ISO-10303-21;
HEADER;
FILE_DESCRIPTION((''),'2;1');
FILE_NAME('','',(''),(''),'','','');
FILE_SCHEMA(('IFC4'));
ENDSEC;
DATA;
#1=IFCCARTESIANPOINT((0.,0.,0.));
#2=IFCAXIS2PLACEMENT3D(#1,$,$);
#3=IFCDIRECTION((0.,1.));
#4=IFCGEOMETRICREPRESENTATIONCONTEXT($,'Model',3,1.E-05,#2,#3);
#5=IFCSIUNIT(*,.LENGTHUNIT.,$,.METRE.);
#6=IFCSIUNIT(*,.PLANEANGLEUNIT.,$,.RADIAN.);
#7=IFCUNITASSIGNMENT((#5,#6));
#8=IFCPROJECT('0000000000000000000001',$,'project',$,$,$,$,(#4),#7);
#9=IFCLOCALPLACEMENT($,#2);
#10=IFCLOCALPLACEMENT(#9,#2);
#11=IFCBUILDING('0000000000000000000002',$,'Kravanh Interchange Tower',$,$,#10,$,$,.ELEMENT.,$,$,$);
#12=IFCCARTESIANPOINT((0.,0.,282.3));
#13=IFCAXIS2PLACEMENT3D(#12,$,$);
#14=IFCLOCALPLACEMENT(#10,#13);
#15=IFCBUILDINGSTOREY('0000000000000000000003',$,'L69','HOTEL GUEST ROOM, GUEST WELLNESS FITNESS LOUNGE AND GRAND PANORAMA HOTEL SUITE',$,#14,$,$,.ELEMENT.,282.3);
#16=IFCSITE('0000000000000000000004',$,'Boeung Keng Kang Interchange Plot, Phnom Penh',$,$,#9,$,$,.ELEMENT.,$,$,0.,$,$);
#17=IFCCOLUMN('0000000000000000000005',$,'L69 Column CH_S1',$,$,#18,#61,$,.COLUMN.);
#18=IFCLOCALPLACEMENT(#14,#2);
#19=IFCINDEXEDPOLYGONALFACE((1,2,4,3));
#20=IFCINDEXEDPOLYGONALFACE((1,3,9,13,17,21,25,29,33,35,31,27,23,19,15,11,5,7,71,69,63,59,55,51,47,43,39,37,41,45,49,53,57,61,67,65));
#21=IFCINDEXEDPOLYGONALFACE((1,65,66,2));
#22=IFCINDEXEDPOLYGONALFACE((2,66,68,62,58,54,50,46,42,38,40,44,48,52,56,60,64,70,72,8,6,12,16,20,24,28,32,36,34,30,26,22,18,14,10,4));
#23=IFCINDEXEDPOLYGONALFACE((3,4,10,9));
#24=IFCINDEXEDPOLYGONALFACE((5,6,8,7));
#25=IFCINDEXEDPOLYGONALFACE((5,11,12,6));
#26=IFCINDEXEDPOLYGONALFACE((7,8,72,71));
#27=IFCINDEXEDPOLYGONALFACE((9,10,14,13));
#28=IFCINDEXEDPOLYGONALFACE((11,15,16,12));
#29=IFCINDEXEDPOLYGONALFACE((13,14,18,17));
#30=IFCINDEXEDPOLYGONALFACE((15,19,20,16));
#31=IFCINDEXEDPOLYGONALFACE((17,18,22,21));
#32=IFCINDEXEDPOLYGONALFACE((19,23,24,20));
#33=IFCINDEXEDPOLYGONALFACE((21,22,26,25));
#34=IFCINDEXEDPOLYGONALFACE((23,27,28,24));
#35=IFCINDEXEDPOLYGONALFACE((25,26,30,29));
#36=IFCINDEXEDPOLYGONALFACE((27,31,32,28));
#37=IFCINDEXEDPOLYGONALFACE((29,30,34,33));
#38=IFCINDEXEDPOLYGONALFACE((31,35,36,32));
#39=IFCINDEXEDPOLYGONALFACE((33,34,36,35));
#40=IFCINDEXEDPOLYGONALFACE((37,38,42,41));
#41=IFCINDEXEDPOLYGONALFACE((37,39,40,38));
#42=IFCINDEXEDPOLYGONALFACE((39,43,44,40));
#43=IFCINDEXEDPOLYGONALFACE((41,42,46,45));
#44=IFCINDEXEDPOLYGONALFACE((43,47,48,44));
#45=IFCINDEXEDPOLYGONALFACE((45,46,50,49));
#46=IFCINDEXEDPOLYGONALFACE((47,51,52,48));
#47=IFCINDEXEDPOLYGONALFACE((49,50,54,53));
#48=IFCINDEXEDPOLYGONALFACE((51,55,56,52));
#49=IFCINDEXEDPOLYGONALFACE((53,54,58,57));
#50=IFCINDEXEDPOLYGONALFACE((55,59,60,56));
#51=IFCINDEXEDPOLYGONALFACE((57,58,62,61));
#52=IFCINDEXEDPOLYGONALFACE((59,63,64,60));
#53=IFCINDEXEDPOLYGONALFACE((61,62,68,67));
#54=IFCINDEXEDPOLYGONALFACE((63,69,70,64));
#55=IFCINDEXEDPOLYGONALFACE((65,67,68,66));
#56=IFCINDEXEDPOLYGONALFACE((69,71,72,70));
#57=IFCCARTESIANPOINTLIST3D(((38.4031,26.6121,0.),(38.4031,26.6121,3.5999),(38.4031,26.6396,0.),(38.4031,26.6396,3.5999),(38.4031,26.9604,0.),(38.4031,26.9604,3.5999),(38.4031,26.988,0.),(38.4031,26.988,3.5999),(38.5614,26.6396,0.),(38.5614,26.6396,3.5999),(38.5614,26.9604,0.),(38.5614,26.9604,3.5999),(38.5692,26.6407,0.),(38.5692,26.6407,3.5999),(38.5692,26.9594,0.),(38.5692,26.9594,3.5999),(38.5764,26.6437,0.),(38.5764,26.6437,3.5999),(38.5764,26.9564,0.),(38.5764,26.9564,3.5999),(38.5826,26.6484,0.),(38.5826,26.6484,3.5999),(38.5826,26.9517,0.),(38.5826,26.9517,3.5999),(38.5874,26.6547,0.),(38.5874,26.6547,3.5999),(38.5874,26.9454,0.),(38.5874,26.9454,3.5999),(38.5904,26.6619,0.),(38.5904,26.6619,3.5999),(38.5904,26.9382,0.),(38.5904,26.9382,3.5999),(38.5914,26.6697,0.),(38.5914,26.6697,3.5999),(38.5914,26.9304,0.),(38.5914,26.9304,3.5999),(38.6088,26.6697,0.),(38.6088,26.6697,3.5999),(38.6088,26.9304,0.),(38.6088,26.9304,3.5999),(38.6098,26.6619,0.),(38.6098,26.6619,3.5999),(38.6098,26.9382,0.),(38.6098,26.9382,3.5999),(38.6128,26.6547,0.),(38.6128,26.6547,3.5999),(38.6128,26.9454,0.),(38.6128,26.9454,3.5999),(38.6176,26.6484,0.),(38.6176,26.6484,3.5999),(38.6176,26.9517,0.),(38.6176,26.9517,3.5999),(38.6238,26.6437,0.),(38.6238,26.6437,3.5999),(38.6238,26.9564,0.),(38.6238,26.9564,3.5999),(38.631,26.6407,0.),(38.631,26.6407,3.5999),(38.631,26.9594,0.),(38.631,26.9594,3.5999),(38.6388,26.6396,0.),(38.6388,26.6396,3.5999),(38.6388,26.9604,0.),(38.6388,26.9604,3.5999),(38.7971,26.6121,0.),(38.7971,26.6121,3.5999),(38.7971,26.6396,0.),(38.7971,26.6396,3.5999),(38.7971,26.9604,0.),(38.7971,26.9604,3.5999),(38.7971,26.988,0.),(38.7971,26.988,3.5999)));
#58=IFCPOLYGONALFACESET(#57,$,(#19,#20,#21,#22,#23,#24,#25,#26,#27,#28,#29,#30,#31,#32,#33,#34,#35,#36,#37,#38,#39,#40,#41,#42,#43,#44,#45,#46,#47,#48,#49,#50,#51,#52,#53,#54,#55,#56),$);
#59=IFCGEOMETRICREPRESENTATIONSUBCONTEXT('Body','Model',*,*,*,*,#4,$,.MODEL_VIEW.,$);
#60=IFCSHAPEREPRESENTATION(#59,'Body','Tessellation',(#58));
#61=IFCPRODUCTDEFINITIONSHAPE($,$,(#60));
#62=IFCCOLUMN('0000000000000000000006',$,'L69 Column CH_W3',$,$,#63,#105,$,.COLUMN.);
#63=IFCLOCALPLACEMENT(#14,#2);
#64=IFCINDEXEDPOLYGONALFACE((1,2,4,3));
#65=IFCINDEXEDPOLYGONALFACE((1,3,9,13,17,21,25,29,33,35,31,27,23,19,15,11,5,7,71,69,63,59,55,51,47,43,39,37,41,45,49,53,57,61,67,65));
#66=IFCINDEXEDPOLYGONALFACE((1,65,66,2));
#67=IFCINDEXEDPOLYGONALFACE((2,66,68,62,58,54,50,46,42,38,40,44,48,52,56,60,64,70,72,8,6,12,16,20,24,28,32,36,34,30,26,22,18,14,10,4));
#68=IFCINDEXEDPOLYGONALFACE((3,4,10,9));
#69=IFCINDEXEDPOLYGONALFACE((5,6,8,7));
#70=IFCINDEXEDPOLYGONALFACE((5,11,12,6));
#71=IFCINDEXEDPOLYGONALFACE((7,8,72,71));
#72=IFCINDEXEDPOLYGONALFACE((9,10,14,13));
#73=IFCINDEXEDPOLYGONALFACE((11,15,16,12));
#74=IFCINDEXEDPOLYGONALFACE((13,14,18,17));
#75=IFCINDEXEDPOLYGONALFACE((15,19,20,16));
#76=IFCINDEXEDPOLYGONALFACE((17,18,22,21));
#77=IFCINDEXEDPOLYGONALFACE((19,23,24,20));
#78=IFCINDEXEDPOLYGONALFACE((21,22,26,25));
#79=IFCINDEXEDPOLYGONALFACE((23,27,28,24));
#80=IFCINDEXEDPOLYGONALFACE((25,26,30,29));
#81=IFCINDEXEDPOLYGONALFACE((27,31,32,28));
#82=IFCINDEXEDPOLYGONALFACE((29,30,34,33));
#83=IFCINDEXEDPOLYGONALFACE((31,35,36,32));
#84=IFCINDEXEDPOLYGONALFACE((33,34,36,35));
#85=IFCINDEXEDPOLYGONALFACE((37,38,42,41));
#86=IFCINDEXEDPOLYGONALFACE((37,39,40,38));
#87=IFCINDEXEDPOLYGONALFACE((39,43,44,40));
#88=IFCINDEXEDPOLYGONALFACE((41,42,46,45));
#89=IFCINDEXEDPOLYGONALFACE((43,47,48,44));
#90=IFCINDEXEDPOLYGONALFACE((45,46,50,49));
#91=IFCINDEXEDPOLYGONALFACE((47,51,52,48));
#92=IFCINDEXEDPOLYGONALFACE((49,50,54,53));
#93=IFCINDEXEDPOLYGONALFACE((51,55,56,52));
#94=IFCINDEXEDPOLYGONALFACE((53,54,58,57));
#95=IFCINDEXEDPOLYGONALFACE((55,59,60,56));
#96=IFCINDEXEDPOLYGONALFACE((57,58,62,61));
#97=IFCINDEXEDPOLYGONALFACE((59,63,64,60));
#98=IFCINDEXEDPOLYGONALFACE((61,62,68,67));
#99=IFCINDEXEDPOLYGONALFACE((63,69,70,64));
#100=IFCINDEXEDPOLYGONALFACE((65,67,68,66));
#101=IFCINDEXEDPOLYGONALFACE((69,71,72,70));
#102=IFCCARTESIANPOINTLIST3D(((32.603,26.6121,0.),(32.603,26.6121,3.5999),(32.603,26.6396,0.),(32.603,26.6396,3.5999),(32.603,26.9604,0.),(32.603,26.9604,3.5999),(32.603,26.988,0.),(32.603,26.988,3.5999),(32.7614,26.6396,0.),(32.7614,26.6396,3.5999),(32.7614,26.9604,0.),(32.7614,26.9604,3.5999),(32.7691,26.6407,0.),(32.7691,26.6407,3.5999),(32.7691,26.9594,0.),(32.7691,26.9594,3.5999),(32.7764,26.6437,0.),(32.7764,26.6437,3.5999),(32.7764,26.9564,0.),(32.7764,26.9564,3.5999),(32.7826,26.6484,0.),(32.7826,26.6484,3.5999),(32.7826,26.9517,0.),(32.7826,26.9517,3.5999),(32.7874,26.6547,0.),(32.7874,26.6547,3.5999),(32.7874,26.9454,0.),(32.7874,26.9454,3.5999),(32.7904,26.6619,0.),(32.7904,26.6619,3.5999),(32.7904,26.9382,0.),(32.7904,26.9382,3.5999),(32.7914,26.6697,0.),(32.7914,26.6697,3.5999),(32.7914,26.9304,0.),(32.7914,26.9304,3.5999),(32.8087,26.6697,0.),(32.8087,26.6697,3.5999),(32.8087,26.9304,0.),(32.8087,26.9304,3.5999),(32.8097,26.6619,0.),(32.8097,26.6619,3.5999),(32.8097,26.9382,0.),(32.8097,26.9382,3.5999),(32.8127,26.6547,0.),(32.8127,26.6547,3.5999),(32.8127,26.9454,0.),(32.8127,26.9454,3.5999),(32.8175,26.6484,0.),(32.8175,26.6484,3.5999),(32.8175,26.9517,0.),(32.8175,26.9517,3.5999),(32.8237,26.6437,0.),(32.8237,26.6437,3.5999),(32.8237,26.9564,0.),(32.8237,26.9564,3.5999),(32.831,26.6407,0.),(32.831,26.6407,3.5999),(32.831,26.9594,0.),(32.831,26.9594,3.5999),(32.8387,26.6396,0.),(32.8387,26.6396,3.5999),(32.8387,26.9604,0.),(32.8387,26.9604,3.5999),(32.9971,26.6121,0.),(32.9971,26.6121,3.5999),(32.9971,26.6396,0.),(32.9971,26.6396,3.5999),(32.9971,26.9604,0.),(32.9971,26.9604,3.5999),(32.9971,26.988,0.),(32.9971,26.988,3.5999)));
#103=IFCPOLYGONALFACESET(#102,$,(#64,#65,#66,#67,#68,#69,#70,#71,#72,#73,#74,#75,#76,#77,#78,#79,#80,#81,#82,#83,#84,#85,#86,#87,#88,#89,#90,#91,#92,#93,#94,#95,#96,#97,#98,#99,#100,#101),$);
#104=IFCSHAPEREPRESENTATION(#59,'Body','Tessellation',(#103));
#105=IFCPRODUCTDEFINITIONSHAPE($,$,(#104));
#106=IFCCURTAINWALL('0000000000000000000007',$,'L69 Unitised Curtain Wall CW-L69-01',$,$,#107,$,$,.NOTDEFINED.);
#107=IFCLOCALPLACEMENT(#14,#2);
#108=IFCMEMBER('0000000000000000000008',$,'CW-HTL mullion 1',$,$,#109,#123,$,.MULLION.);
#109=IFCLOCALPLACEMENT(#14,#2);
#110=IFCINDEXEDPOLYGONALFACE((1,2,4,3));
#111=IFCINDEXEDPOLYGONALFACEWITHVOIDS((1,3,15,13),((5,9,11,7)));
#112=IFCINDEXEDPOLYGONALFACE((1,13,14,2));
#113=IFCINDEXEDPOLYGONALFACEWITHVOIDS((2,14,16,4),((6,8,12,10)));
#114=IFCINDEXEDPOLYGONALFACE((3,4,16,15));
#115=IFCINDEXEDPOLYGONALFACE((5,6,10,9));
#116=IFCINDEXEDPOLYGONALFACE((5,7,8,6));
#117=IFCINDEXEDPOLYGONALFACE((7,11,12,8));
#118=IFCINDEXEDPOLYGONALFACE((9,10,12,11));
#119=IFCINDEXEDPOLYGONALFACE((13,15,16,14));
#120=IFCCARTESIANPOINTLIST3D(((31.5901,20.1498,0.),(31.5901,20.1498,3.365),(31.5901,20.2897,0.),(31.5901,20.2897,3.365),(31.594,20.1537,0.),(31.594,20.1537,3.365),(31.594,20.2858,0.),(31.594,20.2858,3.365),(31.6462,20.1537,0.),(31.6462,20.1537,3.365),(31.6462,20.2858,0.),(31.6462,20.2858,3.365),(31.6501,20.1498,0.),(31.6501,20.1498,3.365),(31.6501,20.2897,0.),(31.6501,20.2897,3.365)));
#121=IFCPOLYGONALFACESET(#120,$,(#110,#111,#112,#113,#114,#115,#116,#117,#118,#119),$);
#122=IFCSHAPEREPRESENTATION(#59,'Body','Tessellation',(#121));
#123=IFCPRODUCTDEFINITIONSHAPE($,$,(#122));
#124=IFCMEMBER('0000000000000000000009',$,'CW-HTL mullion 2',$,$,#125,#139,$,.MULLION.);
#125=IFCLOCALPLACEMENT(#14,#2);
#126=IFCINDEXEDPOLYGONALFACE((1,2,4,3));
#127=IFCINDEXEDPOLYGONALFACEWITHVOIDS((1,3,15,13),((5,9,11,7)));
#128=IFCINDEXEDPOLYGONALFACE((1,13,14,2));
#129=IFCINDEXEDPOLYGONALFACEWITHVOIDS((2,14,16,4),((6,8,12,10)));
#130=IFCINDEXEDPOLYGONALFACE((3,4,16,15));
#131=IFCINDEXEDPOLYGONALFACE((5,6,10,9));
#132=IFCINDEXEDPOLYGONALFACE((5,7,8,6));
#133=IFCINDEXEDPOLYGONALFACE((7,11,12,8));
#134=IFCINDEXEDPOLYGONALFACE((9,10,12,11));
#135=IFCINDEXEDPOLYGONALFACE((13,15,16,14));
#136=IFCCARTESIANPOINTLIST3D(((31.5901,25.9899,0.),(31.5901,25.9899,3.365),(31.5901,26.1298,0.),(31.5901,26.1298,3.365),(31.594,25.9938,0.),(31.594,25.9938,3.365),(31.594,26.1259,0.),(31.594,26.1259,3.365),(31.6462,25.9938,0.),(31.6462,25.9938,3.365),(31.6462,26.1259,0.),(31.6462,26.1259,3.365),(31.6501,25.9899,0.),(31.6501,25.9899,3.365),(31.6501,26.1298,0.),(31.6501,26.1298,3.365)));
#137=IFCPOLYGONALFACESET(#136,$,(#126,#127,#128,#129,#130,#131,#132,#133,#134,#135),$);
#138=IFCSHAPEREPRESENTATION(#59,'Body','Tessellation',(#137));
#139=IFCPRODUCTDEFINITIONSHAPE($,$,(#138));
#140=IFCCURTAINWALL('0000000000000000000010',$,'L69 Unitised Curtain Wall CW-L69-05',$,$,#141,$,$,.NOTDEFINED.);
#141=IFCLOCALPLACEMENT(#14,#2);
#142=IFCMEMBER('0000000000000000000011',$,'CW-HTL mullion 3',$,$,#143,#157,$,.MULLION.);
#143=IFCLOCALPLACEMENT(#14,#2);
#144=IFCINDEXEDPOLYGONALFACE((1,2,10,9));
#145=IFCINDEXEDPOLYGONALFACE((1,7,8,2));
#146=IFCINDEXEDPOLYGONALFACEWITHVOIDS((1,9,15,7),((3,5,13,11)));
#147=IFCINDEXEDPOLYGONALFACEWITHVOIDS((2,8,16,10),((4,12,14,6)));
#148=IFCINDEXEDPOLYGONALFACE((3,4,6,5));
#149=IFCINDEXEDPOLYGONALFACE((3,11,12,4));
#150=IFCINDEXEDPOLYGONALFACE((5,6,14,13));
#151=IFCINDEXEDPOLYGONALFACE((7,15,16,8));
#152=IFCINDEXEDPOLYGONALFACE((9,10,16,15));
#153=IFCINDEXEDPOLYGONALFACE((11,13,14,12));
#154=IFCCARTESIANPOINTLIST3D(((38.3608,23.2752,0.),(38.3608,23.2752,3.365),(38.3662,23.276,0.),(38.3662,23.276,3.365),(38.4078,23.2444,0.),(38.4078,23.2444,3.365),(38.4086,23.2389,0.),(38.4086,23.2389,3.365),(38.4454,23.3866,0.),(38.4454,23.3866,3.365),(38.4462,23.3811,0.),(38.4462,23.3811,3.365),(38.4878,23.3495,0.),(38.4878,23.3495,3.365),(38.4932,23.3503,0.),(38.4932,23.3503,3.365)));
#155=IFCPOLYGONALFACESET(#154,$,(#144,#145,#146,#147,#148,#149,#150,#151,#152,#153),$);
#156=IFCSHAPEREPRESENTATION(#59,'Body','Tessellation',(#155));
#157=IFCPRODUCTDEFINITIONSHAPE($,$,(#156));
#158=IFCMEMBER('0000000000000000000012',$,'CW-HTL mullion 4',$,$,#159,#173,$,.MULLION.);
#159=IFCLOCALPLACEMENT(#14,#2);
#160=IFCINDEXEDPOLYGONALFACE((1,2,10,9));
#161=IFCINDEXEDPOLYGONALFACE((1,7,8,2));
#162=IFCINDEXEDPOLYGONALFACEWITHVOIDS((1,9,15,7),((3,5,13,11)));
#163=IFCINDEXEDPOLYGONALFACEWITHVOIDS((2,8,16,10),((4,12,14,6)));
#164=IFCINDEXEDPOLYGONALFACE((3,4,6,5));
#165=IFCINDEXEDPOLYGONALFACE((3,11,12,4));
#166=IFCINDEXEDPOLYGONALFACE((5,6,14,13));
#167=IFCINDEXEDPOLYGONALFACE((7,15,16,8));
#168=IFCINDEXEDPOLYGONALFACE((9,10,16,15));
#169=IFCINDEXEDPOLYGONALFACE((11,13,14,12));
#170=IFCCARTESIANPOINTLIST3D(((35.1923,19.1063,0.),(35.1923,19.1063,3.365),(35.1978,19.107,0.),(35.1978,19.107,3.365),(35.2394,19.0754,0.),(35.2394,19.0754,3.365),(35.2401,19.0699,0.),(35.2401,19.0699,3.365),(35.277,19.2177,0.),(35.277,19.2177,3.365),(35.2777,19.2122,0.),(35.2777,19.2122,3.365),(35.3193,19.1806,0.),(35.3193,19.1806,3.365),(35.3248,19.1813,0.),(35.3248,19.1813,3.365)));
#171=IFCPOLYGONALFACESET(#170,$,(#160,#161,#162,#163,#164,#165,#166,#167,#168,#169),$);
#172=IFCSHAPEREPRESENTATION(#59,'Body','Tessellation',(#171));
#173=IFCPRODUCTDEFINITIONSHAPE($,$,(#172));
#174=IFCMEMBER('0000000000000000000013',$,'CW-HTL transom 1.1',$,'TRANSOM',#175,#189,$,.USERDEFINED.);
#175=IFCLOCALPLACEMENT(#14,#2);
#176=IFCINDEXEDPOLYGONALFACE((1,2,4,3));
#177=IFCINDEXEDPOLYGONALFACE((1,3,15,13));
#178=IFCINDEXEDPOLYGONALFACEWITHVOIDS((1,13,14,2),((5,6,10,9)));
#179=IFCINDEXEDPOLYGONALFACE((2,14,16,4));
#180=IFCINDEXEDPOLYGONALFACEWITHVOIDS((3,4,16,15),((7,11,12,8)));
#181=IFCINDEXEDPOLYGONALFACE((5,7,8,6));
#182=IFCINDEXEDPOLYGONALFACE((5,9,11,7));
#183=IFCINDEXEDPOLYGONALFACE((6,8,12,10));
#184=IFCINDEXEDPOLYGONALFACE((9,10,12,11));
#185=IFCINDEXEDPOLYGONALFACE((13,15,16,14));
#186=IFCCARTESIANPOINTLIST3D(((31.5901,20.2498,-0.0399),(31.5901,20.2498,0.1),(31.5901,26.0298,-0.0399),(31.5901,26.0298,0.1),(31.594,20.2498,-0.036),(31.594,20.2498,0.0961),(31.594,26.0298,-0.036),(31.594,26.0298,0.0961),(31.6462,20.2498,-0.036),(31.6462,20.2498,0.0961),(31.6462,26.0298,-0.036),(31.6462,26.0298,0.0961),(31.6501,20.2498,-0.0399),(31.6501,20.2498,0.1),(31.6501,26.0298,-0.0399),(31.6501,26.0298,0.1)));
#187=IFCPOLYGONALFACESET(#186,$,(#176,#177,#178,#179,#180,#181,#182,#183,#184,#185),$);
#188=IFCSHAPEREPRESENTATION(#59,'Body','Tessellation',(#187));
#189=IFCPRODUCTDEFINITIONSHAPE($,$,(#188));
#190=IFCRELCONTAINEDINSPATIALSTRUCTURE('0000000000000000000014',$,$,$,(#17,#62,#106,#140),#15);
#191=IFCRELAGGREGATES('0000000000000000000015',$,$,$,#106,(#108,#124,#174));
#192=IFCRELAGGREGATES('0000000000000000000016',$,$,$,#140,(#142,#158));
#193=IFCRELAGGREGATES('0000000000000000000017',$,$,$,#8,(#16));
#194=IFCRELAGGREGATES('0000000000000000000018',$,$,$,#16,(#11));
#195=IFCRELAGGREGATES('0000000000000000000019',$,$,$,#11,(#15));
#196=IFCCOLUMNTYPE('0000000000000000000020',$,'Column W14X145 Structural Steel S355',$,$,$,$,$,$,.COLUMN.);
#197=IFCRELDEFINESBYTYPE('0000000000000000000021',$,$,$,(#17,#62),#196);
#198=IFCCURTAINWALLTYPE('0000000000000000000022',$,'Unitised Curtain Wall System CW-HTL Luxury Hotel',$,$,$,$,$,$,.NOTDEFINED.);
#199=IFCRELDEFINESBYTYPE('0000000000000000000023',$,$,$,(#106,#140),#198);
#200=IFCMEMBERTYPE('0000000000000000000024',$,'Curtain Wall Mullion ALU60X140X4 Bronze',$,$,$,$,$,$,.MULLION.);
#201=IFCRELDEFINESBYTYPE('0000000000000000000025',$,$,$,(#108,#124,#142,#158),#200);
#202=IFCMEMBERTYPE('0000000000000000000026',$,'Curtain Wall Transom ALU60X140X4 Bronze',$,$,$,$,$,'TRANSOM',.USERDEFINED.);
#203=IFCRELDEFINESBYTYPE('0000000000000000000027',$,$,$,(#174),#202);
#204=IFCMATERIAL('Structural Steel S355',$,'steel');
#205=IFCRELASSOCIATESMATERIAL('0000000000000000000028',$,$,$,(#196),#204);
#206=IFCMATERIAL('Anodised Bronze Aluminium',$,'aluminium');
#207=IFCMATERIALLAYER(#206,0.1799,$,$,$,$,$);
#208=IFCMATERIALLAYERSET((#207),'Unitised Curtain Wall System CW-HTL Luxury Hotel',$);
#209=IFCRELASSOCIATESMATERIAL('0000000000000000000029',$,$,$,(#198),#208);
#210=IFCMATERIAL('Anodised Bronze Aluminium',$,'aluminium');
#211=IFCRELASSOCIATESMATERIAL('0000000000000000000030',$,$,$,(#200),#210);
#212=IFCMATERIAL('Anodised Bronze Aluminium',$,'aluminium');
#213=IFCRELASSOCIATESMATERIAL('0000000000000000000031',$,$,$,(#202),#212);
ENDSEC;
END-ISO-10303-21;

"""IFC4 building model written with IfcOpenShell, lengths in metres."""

from ifc_helpers import new_model, si_unit, direction, frame, origin, origin_2d, place, context, subcontext, project, spatial, hollow_rectangle, i_section, extrude, material, layer, layer_set, material_profile, profile_set, type_object, element, aggregate, save


model = new_model("IFC4")

# Units and contexts
model_context = context("Model", 3, precision=1e-05, world=origin(), true_north=direction((0.0, 1.0)))
body_context = subcontext(model_context, "Body", "Model", "MODEL_VIEW")
ifc_project = project(units=[si_unit("LENGTHUNIT", "METRE"), si_unit("PLANEANGLEUNIT", "RADIAN")], contexts=[model_context])

# Site, building, storey
site_placement = place(None, origin())
site = spatial("IfcSite", under=ifc_project, at=site_placement, Name="Boeung Keng Kang Interchange Plot, Phnom Penh", CompositionType="ELEMENT", RefElevation=0.0)
building_placement = place(site_placement, origin())
building = spatial("IfcBuilding", under=site, at=building_placement, Name="Kravanh Interchange Tower", CompositionType="ELEMENT")
storey_placement = place(building_placement, frame((0.0, 0.0, 282.3)))
storey = spatial("IfcBuildingStorey", under=building, at=storey_placement, Name="L69", Description="HOTEL GUEST ROOM, GUEST WELLNESS FITNESS LOUNGE AND GRAND PANORAMA HOTEL SUITE", CompositionType="ELEMENT", Elevation=282.3)

# Columns
ifc_material_1 = material(Name="Structural Steel S355", Category="steel")
ifc_material_profile_1 = material_profile(ifc_material_1, i_section(OverallWidth=0.394, OverallDepth=0.376, WebThickness=0.0173, FlangeThickness=0.0276, FilletRadius=0.03, at=origin_2d()), Name="W14X145")
ifc_profile_set_1 = profile_set([ifc_material_profile_1], Name="Structural Steel S355")
column_type = type_object("IfcColumnType", Name="Column W14X145 Structural Steel S355", PredefinedType="COLUMN", material=ifc_profile_set_1)
for number, where, z_axis, x_axis, name in (
    (1, (38.6001, 26.8, 0.0), (0.0, 0.0, 1.0), (1.0, 0.0, 0.0), "L69 Column CH_S1"),
    (2, (32.8, 26.8, 0.0), (0.0, 0.0, 1.0), (1.0, 0.0, 0.0), "L69 Column CH_W3"),
):
    element("IfcColumn", number, at=place(storey_placement, frame(where, z_axis=z_axis, x_axis=x_axis)), inside=storey, type_object=column_type, Name=name, PredefinedType="COLUMN", context=body_context, shape_type="SweptSolid", body=[
        extrude(i_section(OverallWidth=0.394, OverallDepth=0.376, WebThickness=0.0173, FlangeThickness=0.0276, FilletRadius=0.03, at=origin_2d()), origin(), (0.0, 0.0, 1.0), 3.5999),
    ])

# Curtain walls, members
ifc_material_2 = material(Name="Anodised Bronze Aluminium", Category="aluminium")
ifc_layer_1 = layer(ifc_material_2, 0.1799)
ifc_layer_set_1 = layer_set([ifc_layer_1], Name="Unitised Curtain Wall System CW-HTL Luxury Hotel")
curtain_wall_type = type_object("IfcCurtainWallType", Name="Unitised Curtain Wall System CW-HTL Luxury Hotel", PredefinedType="NOTDEFINED", material=ifc_layer_set_1)
curtain_wall_1_placement = place(storey_placement, origin())
curtain_wall_1 = element("IfcCurtainWall", 3, at=curtain_wall_1_placement, inside=storey, type_object=curtain_wall_type, Name="L69 Unitised Curtain Wall CW-L69-01", PredefinedType="NOTDEFINED")
ifc_material_3 = material(Name="Anodised Bronze Aluminium", Category="aluminium")
ifc_material_profile_2 = material_profile(ifc_material_3, hollow_rectangle(XDim=0.0601, YDim=0.1399, WallThickness=0.0039, at=origin_2d()), Name="ALU60X140X4")
ifc_profile_set_2 = profile_set([ifc_material_profile_2], Name="Anodised Bronze Aluminium")
member_type_1 = type_object("IfcMemberType", Name="Curtain Wall Mullion ALU60X140X4 Bronze", PredefinedType="MULLION", material=ifc_profile_set_2)
member_1_placement = place(storey_placement, frame((31.6201, 20.2197, 0.0), z_axis=(0.0, 0.0, 1.0), x_axis=(-1.0, 0.0, 0.0)))
member_1 = element("IfcMember", 4, at=member_1_placement, type_object=member_type_1, Name="CW-HTL mullion 1", PredefinedType="MULLION", context=body_context, shape_type="SweptSolid", body=[
    extrude(hollow_rectangle(XDim=0.0601, YDim=0.1399, WallThickness=0.0039, at=origin_2d()), origin(), (0.0, 0.0, 1.0), 3.365),
])
member_2_placement = place(storey_placement, frame((31.6201, 26.0598, 0.0), z_axis=(0.0, 0.0, 1.0), x_axis=(-1.0, 0.0, 0.0)))
member_2 = element("IfcMember", 5, at=member_2_placement, type_object=member_type_1, Name="CW-HTL mullion 2", PredefinedType="MULLION", context=body_context, shape_type="SweptSolid", body=[
    extrude(hollow_rectangle(XDim=0.0601, YDim=0.1399, WallThickness=0.0039, at=origin_2d()), origin(), (0.0, 0.0, 1.0), 3.365),
])
curtain_wall_2_placement = place(storey_placement, origin())
curtain_wall_2 = element("IfcCurtainWall", 6, at=curtain_wall_2_placement, inside=storey, type_object=curtain_wall_type, Name="L69 Unitised Curtain Wall CW-L69-05", PredefinedType="NOTDEFINED")
member_3_placement = place(storey_placement, frame((38.427, 23.3127, 0.0), z_axis=(0.0, 0.0, 1.0), x_axis=(0.796162, -0.605083, 0.0)))
member_3 = element("IfcMember", 7, at=member_3_placement, type_object=member_type_1, Name="CW-HTL mullion 3", PredefinedType="MULLION", context=body_context, shape_type="SweptSolid", body=[
    extrude(hollow_rectangle(XDim=0.0601, YDim=0.1399, WallThickness=0.0039, at=origin_2d()), origin(), (0.0, 0.0, 1.0), 3.365),
])
member_4_placement = place(storey_placement, frame((35.2585, 19.1438, 0.0), z_axis=(0.0, 0.0, 1.0), x_axis=(0.796162, -0.605083, 0.0)))
member_4 = element("IfcMember", 8, at=member_4_placement, type_object=member_type_1, Name="CW-HTL mullion 4", PredefinedType="MULLION", context=body_context, shape_type="SweptSolid", body=[
    extrude(hollow_rectangle(XDim=0.0601, YDim=0.1399, WallThickness=0.0039, at=origin_2d()), origin(), (0.0, 0.0, 1.0), 3.365),
])

# Member
ifc_material_4 = material(Name="Anodised Bronze Aluminium", Category="aluminium")
ifc_material_profile_3 = material_profile(ifc_material_4, hollow_rectangle(XDim=0.0601, YDim=0.1399, WallThickness=0.0039, at=origin_2d()), Name="ALU60X140X4")
ifc_profile_set_3 = profile_set([ifc_material_profile_3], Name="Anodised Bronze Aluminium")
member_type_2 = type_object("IfcMemberType", Name="Curtain Wall Transom ALU60X140X4 Bronze", ElementType="TRANSOM", PredefinedType="USERDEFINED", material=ifc_profile_set_3)
member_5_placement = place(storey_placement, frame((31.6201, 20.2498, 0.03), z_axis=(0.0, 1.0, 0.0), x_axis=(-1.0, 0.0, 0.0)))
member_5 = element("IfcMember", 9, at=member_5_placement, type_object=member_type_2, Name="CW-HTL transom 1.1", ObjectType="TRANSOM", PredefinedType="USERDEFINED", context=body_context, shape_type="SweptSolid", body=[
    extrude(hollow_rectangle(XDim=0.0601, YDim=0.1399, WallThickness=0.0039, at=origin_2d()), origin(), (0.0, 0.0, 1.0), 5.78),
])

aggregate(curtain_wall_1, [member_1, member_2, member_5])
aggregate(curtain_wall_2, [member_3, member_4])

save(model, "model.ifc")
